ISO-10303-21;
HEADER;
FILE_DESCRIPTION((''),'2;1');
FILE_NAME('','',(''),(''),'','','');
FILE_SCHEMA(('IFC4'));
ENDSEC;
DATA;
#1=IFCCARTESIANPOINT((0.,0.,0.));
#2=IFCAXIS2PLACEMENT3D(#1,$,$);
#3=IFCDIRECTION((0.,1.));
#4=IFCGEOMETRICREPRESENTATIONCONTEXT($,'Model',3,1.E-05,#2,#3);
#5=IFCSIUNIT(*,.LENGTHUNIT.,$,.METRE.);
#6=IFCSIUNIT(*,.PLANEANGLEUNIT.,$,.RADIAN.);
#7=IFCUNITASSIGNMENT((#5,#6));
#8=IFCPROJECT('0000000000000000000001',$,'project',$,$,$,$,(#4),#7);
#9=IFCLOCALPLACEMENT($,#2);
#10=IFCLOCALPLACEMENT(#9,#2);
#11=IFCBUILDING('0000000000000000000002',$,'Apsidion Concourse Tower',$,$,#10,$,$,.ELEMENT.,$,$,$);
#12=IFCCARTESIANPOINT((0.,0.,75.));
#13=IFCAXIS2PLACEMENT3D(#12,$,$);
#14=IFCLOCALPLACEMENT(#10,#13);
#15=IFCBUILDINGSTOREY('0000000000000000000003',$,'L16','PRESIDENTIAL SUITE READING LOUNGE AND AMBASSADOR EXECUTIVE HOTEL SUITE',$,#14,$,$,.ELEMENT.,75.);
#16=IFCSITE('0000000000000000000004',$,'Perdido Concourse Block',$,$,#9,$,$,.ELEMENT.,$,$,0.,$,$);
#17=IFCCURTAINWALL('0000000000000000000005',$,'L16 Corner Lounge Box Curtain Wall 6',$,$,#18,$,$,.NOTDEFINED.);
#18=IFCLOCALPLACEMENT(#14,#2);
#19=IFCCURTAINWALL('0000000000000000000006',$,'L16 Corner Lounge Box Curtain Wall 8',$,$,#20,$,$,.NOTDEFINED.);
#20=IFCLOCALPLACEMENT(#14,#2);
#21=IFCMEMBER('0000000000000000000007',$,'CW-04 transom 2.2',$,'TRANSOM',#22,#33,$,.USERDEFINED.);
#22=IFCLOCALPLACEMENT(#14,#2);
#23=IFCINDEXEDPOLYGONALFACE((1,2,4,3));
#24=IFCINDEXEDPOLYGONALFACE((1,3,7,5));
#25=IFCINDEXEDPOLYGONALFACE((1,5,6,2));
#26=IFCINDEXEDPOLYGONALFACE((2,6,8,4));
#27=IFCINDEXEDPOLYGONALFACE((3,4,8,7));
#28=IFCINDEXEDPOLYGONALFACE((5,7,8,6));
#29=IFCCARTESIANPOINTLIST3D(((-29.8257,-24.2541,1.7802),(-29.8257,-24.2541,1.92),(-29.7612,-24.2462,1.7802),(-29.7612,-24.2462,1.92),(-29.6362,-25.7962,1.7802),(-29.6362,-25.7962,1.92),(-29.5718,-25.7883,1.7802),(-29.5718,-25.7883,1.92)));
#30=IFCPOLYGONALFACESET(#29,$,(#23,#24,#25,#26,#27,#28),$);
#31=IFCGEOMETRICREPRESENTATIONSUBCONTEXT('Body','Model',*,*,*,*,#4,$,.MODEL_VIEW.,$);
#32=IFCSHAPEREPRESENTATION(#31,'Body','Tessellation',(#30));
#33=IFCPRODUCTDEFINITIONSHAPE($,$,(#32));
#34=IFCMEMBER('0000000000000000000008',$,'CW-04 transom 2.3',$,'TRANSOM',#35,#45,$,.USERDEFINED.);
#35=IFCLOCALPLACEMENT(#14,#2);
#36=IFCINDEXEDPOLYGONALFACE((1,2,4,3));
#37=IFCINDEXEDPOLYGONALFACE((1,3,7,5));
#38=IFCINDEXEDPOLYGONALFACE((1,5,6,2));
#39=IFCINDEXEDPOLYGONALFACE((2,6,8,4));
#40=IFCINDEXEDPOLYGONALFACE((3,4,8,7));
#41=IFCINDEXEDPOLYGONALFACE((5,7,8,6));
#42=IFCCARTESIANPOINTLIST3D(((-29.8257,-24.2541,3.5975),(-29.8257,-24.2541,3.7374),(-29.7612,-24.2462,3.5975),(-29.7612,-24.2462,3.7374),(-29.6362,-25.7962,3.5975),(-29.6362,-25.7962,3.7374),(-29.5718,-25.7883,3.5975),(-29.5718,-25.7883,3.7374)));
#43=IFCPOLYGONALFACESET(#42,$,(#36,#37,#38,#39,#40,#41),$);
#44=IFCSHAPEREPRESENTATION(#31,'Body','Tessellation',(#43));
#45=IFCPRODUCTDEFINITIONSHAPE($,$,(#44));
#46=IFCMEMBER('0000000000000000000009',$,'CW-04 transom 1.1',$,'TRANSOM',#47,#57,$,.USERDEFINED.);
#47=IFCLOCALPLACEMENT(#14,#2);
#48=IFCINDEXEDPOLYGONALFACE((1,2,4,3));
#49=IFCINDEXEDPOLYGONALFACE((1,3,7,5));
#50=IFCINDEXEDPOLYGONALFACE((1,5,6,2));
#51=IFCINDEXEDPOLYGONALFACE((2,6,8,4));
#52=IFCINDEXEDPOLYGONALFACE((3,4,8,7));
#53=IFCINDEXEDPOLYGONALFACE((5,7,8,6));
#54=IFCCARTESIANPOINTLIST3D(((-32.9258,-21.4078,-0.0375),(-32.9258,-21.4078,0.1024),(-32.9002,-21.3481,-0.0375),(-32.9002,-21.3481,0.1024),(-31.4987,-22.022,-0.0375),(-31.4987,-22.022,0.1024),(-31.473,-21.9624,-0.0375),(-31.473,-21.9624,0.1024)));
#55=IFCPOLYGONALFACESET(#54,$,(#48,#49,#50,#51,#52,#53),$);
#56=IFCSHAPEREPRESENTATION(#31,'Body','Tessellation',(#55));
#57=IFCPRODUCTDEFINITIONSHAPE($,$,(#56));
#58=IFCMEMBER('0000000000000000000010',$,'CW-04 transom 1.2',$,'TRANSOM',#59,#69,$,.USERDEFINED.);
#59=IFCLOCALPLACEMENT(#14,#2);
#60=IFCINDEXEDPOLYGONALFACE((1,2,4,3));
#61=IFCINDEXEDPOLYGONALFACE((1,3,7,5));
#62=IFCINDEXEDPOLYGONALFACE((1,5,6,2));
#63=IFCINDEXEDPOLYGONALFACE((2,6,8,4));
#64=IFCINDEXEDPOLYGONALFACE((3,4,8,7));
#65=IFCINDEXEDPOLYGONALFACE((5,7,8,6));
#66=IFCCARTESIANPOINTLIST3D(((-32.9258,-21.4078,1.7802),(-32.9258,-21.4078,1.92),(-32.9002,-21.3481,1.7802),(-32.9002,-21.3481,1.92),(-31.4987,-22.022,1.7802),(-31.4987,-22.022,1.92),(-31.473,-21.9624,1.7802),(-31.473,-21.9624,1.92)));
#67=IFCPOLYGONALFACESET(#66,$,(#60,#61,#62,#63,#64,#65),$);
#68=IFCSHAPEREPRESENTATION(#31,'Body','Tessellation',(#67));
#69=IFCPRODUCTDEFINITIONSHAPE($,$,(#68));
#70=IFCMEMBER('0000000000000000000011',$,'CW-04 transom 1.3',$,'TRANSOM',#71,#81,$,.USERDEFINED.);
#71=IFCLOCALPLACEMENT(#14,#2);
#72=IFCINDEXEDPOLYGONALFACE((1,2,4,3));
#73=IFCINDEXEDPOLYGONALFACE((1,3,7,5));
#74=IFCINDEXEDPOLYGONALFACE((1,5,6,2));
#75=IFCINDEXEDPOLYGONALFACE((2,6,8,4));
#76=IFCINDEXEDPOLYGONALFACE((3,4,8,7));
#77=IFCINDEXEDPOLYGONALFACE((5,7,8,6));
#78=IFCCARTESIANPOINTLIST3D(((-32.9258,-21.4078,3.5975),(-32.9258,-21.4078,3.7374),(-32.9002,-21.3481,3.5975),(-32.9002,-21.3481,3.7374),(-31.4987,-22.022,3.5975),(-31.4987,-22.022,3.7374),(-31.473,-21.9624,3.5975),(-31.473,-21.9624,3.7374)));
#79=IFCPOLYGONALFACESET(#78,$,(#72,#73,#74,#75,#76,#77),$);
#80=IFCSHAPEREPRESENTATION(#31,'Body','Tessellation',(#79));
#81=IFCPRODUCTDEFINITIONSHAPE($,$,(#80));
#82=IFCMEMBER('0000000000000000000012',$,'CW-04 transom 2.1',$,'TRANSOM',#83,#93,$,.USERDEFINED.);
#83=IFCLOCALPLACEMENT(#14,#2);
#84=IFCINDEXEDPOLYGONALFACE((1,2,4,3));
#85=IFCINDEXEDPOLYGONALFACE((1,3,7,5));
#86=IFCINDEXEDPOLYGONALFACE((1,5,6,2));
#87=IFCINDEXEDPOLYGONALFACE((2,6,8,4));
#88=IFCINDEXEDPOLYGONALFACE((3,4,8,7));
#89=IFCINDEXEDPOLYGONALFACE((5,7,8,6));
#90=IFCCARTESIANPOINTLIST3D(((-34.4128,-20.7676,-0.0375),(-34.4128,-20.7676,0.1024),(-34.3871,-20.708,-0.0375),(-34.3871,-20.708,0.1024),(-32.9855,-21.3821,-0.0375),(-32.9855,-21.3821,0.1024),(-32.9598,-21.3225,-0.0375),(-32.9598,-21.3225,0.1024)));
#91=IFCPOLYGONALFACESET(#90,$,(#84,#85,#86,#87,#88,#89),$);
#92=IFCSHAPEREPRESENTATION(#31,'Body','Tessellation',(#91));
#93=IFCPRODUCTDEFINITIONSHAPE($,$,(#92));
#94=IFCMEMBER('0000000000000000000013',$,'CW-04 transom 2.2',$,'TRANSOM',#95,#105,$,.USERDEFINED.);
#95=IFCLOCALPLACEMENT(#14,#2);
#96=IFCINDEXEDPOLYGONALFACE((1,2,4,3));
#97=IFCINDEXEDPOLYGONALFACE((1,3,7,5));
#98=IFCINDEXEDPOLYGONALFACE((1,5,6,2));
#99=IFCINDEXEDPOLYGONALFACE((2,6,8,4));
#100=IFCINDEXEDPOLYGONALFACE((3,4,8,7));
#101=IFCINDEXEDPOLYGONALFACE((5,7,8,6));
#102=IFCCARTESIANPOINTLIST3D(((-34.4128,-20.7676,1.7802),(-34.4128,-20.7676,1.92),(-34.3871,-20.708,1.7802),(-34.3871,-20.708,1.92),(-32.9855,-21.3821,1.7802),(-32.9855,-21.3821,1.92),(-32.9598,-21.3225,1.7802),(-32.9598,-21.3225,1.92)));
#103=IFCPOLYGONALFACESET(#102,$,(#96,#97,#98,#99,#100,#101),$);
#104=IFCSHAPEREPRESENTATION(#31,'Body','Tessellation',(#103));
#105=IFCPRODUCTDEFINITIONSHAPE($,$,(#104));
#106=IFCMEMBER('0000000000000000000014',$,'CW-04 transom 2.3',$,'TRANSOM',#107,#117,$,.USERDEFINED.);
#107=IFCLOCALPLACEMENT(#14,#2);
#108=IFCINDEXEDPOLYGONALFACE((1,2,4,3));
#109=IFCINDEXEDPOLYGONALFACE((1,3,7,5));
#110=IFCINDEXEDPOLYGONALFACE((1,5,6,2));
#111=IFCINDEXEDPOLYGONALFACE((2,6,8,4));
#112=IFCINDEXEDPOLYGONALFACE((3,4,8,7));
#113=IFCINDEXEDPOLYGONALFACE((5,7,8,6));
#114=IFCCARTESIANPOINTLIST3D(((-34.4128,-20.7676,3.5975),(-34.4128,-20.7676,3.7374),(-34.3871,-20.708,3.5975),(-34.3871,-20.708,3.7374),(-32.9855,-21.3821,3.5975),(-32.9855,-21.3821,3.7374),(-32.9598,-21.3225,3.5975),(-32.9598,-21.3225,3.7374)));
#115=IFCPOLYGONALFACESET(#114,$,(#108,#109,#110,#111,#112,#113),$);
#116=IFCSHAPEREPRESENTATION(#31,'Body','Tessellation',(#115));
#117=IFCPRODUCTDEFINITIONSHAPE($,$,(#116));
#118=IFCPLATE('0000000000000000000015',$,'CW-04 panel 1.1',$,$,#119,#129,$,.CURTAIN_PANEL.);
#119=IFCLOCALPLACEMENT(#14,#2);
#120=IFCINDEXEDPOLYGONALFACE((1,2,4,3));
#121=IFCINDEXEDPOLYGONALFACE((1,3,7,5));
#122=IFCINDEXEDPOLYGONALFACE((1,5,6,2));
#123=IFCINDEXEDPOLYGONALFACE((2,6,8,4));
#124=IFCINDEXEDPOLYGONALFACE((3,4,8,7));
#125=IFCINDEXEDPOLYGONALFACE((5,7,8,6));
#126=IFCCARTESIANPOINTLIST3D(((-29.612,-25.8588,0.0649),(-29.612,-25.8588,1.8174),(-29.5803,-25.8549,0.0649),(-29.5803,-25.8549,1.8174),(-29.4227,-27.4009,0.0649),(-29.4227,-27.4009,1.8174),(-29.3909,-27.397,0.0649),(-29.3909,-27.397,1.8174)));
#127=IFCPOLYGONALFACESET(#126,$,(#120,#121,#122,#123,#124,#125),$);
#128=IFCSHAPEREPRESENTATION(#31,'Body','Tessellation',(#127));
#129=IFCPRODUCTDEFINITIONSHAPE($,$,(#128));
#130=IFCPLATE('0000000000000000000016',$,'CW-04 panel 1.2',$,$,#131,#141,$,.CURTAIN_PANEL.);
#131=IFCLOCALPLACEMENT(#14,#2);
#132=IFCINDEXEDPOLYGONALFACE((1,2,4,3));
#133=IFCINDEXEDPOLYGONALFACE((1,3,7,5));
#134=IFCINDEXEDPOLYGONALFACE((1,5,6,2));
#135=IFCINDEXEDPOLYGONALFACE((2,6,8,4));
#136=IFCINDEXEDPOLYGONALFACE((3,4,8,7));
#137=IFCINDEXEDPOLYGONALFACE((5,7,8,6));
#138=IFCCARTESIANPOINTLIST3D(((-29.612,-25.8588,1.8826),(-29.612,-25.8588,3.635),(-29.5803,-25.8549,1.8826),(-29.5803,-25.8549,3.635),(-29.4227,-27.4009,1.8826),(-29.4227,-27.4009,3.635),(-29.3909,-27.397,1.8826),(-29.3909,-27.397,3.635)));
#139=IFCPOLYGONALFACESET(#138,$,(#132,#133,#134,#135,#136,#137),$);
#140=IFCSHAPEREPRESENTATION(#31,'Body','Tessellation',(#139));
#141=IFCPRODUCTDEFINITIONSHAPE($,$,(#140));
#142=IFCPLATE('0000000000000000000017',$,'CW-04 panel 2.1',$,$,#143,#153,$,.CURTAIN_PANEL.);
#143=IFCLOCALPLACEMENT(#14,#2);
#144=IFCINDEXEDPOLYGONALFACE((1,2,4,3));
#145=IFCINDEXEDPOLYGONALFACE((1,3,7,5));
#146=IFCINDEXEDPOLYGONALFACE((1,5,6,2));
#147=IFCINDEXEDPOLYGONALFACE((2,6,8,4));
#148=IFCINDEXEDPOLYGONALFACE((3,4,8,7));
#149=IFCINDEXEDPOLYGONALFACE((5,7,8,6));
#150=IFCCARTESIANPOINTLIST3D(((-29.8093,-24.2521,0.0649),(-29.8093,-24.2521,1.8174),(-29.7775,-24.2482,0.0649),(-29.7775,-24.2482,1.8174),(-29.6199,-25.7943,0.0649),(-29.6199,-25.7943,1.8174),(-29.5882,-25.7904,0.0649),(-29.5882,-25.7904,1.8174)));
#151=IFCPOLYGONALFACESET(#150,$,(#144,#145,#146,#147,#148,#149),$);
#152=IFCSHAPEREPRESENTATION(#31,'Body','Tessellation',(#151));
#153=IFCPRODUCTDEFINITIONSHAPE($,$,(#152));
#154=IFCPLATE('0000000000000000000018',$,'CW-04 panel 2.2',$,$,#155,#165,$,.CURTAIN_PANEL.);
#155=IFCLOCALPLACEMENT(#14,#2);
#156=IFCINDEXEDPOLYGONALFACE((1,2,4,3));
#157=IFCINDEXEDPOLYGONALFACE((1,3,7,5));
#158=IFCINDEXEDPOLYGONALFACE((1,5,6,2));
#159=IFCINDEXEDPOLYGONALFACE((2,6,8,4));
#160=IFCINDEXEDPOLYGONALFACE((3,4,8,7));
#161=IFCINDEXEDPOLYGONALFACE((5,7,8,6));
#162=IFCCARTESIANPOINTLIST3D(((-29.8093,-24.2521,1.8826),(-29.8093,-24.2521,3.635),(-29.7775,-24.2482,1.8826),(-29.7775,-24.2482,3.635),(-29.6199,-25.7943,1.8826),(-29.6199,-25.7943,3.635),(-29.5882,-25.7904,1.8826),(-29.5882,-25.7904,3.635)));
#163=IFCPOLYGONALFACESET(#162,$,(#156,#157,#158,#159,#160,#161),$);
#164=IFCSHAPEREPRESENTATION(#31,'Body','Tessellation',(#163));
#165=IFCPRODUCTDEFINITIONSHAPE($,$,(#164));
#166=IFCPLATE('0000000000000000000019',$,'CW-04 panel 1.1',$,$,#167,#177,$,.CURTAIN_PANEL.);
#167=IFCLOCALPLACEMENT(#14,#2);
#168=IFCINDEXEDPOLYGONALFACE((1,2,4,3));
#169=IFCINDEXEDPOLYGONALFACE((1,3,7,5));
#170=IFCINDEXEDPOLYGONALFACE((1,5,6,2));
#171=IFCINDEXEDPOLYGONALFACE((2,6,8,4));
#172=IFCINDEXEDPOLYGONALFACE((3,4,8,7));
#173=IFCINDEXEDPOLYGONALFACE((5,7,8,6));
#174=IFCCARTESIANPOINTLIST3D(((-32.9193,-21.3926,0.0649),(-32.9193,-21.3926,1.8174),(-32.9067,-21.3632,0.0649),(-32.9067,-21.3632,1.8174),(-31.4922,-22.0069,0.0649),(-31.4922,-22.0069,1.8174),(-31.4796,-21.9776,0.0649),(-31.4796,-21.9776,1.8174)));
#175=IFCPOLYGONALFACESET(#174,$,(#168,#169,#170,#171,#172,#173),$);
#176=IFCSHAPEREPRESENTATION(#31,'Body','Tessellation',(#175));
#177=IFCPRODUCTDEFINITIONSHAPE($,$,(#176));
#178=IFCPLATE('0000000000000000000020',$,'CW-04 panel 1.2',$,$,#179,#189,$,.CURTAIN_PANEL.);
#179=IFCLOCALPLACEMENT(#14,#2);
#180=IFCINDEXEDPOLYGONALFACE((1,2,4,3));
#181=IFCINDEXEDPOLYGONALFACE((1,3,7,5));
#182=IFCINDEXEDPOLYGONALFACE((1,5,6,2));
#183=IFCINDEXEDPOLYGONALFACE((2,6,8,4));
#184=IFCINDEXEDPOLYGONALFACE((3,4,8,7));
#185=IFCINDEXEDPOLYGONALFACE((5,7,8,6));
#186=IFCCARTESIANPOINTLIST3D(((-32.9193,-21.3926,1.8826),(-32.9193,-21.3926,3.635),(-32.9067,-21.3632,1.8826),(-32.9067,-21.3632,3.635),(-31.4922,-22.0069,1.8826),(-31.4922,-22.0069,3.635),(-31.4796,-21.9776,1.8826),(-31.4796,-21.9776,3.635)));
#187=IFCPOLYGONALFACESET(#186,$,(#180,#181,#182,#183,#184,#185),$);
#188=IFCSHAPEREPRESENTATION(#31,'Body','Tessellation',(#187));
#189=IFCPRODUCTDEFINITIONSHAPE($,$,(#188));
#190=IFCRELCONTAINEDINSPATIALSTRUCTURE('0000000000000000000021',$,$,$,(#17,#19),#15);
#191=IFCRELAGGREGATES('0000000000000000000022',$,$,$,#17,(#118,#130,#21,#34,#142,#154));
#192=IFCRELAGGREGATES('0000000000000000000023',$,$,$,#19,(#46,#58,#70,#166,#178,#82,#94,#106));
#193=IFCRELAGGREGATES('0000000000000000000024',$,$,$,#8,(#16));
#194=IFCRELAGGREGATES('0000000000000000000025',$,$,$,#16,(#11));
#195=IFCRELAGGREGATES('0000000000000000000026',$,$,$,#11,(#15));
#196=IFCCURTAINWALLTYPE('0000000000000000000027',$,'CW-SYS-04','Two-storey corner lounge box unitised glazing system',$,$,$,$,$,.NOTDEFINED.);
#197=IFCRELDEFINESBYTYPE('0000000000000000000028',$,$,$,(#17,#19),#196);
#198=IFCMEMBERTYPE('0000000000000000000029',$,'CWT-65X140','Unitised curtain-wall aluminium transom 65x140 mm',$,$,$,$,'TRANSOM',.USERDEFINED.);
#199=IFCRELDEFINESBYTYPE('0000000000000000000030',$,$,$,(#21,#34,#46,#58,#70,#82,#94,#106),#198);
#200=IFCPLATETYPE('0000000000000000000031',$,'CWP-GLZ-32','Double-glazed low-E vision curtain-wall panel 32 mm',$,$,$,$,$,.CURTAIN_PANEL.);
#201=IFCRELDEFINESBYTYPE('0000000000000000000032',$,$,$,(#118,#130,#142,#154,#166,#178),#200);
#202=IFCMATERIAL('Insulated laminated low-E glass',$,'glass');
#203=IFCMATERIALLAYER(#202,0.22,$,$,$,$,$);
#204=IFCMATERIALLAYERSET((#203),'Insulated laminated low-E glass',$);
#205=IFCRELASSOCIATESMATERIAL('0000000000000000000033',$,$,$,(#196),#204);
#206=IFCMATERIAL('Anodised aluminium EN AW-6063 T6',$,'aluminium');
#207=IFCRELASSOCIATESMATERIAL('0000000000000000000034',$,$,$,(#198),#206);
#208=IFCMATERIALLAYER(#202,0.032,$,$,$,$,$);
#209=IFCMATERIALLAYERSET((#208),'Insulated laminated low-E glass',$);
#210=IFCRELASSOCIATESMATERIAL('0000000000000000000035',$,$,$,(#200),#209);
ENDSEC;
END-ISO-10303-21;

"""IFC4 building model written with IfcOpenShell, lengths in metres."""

from ifc_helpers import new_model, si_unit, direction, frame, origin, origin_2d, place, context, subcontext, project, spatial, rectangle, extrude, material, layer, layer_set, material_profile, profile_set, type_object, element, aggregate, save


model = new_model("IFC4")

# Units and contexts
model_context = context("Model", 3, precision=1e-05, world=origin(), true_north=direction((0.0, 1.0)))
body_context = subcontext(model_context, "Body", "Model", "MODEL_VIEW")
ifc_project = project(units=[si_unit("LENGTHUNIT", "METRE"), si_unit("PLANEANGLEUNIT", "RADIAN")], contexts=[model_context])

# Site, building, storey
site_placement = place(None, origin())
site = spatial("IfcSite", under=ifc_project, at=site_placement, Name="Perdido Concourse Block", CompositionType="ELEMENT", RefElevation=0.0)
building_placement = place(site_placement, origin())
building = spatial("IfcBuilding", under=site, at=building_placement, Name="Apsidion Concourse Tower", CompositionType="ELEMENT")
storey_placement = place(building_placement, frame((0.0, 0.0, 75.0)))
storey = spatial("IfcBuildingStorey", under=building, at=storey_placement, Name="L16", Description="PRESIDENTIAL SUITE READING LOUNGE AND AMBASSADOR EXECUTIVE HOTEL SUITE", CompositionType="ELEMENT", Elevation=75.0)

# Curtain walls
ifc_material_1 = material(Name="Insulated laminated low-E glass", Category="glass")
ifc_layer_1 = layer(ifc_material_1, 0.22)
ifc_layer_set_1 = layer_set([ifc_layer_1], Name="Insulated laminated low-E glass")
curtain_wall_type = type_object("IfcCurtainWallType", Name="CW-SYS-04", Description="Two-storey corner lounge box unitised glazing system", PredefinedType="NOTDEFINED", material=ifc_layer_set_1)
curtain_wall_1_placement = place(storey_placement, origin())
curtain_wall_1 = element("IfcCurtainWall", 1, at=curtain_wall_1_placement, inside=storey, type_object=curtain_wall_type, Name="L16 Corner Lounge Box Curtain Wall 6", PredefinedType="NOTDEFINED")
ifc_material_2 = material(Name="Anodised aluminium EN AW-6063 T6", Category="aluminium")
curtain_wall_2_placement = place(storey_placement, origin())
curtain_wall_2 = element("IfcCurtainWall", 2, at=curtain_wall_2_placement, inside=storey, type_object=curtain_wall_type, Name="L16 Corner Lounge Box Curtain Wall 8", PredefinedType="NOTDEFINED")

# Members
ifc_material_profile_1 = material_profile(ifc_material_2, rectangle(XDim=0.0649, YDim=0.1399, at=origin_2d()), Name="ALU TRANSOM 65x140")
ifc_profile_set_1 = profile_set([ifc_material_profile_1], Name="Anodised aluminium EN AW-6063 T6")
member_type_1 = type_object("IfcMemberType", Name="CWT-65X140", Description="Unitised curtain-wall aluminium transom 65x140 mm", ElementType="TRANSOM", PredefinedType="USERDEFINED", material=ifc_profile_set_1)
member_1_placement = place(storey_placement, frame((-29.604, -25.7922, 1.8501), z_axis=(-0.121927, 0.992539, 0.0), x_axis=(-0.992539, -0.121927, 0.0)))
member_1 = element("IfcMember", 3, at=member_1_placement, type_object=member_type_1, Name="CW-04 transom 2.2", ObjectType="TRANSOM", PredefinedType="USERDEFINED", context=body_context, shape_type="SweptSolid", body=[
    extrude(rectangle(XDim=0.0649, YDim=0.1399, at=origin_2d()), origin(), (0.0, 0.0, 1.0), 1.5537),
])
member_2_placement = place(storey_placement, frame((-29.604, -25.7922, 3.6675), z_axis=(-0.121927, 0.992539, 0.0), x_axis=(-0.992539, -0.121927, 0.0)))
member_2 = element("IfcMember", 4, at=member_2_placement, type_object=member_type_1, Name="CW-04 transom 2.3", ObjectType="TRANSOM", PredefinedType="USERDEFINED", context=body_context, shape_type="SweptSolid", body=[
    extrude(rectangle(XDim=0.0649, YDim=0.1399, at=origin_2d()), origin(), (0.0, 0.0, 1.0), 1.5537),
])
member_3_placement = place(storey_placement, frame((-31.4858, -21.9922, 0.0325), z_axis=(-0.918543, 0.395322, 0.0), x_axis=(-0.395322, -0.918543, 0.0)))
member_3 = element("IfcMember", 5, at=member_3_placement, type_object=member_type_1, Name="CW-04 transom 1.1", ObjectType="TRANSOM", PredefinedType="USERDEFINED", context=body_context, shape_type="SweptSolid", body=[
    extrude(rectangle(XDim=0.0649, YDim=0.1399, at=origin_2d()), origin(), (0.0, 0.0, 1.0), 1.5537),
])
member_4_placement = place(storey_placement, frame((-31.4858, -21.9922, 1.8501), z_axis=(-0.918543, 0.395322, 0.0), x_axis=(-0.395322, -0.918543, 0.0)))
member_4 = element("IfcMember", 6, at=member_4_placement, type_object=member_type_1, Name="CW-04 transom 1.2", ObjectType="TRANSOM", PredefinedType="USERDEFINED", context=body_context, shape_type="SweptSolid", body=[
    extrude(rectangle(XDim=0.0649, YDim=0.1399, at=origin_2d()), origin(), (0.0, 0.0, 1.0), 1.5537),
])
member_5_placement = place(storey_placement, frame((-31.4858, -21.9922, 3.6675), z_axis=(-0.918543, 0.395322, 0.0), x_axis=(-0.395322, -0.918543, 0.0)))
member_5 = element("IfcMember", 7, at=member_5_placement, type_object=member_type_1, Name="CW-04 transom 1.3", ObjectType="TRANSOM", PredefinedType="USERDEFINED", context=body_context, shape_type="SweptSolid", body=[
    extrude(rectangle(XDim=0.0649, YDim=0.1399, at=origin_2d()), origin(), (0.0, 0.0, 1.0), 1.5537),
])
member_6_placement = place(storey_placement, frame((-32.9727, -21.3523, 0.0325), z_axis=(-0.918485, 0.395455, 0.0), x_axis=(-0.395455, -0.918485, 0.0)))
member_6 = element("IfcMember", 8, at=member_6_placement, type_object=member_type_1, Name="CW-04 transom 2.1", ObjectType="TRANSOM", PredefinedType="USERDEFINED", context=body_context, shape_type="SweptSolid", body=[
    extrude(rectangle(XDim=0.0649, YDim=0.1399, at=origin_2d()), origin(), (0.0, 0.0, 1.0), 1.554),
])
member_7_placement = place(storey_placement, frame((-32.9727, -21.3523, 1.8501), z_axis=(-0.918485, 0.395455, 0.0), x_axis=(-0.395455, -0.918485, 0.0)))
member_7 = element("IfcMember", 9, at=member_7_placement, type_object=member_type_1, Name="CW-04 transom 2.2", ObjectType="TRANSOM", PredefinedType="USERDEFINED", context=body_context, shape_type="SweptSolid", body=[
    extrude(rectangle(XDim=0.0649, YDim=0.1399, at=origin_2d()), origin(), (0.0, 0.0, 1.0), 1.554),
])
member_8_placement = place(storey_placement, frame((-32.9727, -21.3523, 3.6675), z_axis=(-0.918485, 0.395455, 0.0), x_axis=(-0.395455, -0.918485, 0.0)))
member_8 = element("IfcMember", 10, at=member_8_placement, type_object=member_type_1, Name="CW-04 transom 2.3", ObjectType="TRANSOM", PredefinedType="USERDEFINED", context=body_context, shape_type="SweptSolid", body=[
    extrude(rectangle(XDim=0.0649, YDim=0.1399, at=origin_2d()), origin(), (0.0, 0.0, 1.0), 1.554),
])

# Plates
ifc_layer_2 = layer(ifc_material_1, 0.032)
ifc_layer_set_2 = layer_set([ifc_layer_2], Name="Insulated laminated low-E glass")
plate_type = type_object("IfcPlateType", Name="CWP-GLZ-32", Description="Double-glazed low-E vision curtain-wall panel 32 mm", PredefinedType="CURTAIN_PANEL", material=ifc_layer_set_2)
plate_1_placement = place(storey_placement, frame((-29.5015, -26.6279, 0.0649), z_axis=(0.0, 0.0, 1.0), x_axis=(-0.12188, 0.992545, 0.0)))
plate_1 = element("IfcPlate", 11, at=plate_1_placement, type_object=plate_type, Name="CW-04 panel 1.1", PredefinedType="CURTAIN_PANEL", context=body_context, shape_type="SweptSolid", body=[
    extrude(rectangle(XDim=1.5537, YDim=0.032, at=origin_2d()), origin(), (0.0, 0.0, 1.0), 1.7524),
])
plate_2_placement = place(storey_placement, frame((-29.5015, -26.6279, 1.8826), z_axis=(0.0, 0.0, 1.0), x_axis=(-0.12188, 0.992545, 0.0)))
plate_2 = element("IfcPlate", 12, at=plate_2_placement, type_object=plate_type, Name="CW-04 panel 1.2", PredefinedType="CURTAIN_PANEL", context=body_context, shape_type="SweptSolid", body=[
    extrude(rectangle(XDim=1.5537, YDim=0.032, at=origin_2d()), origin(), (0.0, 0.0, 1.0), 1.7524),
])
plate_3_placement = place(storey_placement, frame((-29.6987, -25.0212, 0.0649), z_axis=(0.0, 0.0, 1.0), x_axis=(-0.12188, 0.992545, 0.0)))
plate_3 = element("IfcPlate", 13, at=plate_3_placement, type_object=plate_type, Name="CW-04 panel 2.1", PredefinedType="CURTAIN_PANEL", context=body_context, shape_type="SweptSolid", body=[
    extrude(rectangle(XDim=1.5537, YDim=0.032, at=origin_2d()), origin(), (0.0, 0.0, 1.0), 1.7524),
])
plate_4_placement = place(storey_placement, frame((-29.6987, -25.0212, 1.8826), z_axis=(0.0, 0.0, 1.0), x_axis=(-0.12188, 0.992545, 0.0)))
plate_4 = element("IfcPlate", 14, at=plate_4_placement, type_object=plate_type, Name="CW-04 panel 2.2", PredefinedType="CURTAIN_PANEL", context=body_context, shape_type="SweptSolid", body=[
    extrude(rectangle(XDim=1.5537, YDim=0.032, at=origin_2d()), origin(), (0.0, 0.0, 1.0), 1.7524),
])
aggregate(curtain_wall_1, [plate_1, plate_2, member_1, member_2, plate_3, plate_4])
plate_5_placement = place(storey_placement, frame((-32.1995, -21.6851, 0.0649), z_axis=(0.0, 0.0, 1.0), x_axis=(-0.918495, 0.395432, 0.0)))
plate_5 = element("IfcPlate", 15, at=plate_5_placement, type_object=plate_type, Name="CW-04 panel 1.1", PredefinedType="CURTAIN_PANEL", context=body_context, shape_type="SweptSolid", body=[
    extrude(rectangle(XDim=1.5537, YDim=0.032, at=origin_2d()), origin(), (0.0, 0.0, 1.0), 1.7524),
])
plate_6_placement = place(storey_placement, frame((-32.1995, -21.6851, 1.8826), z_axis=(0.0, 0.0, 1.0), x_axis=(-0.918495, 0.395432, 0.0)))
plate_6 = element("IfcPlate", 16, at=plate_6_placement, type_object=plate_type, Name="CW-04 panel 1.2", PredefinedType="CURTAIN_PANEL", context=body_context, shape_type="SweptSolid", body=[
    extrude(rectangle(XDim=1.5537, YDim=0.032, at=origin_2d()), origin(), (0.0, 0.0, 1.0), 1.7524),
])
aggregate(curtain_wall_2, [member_3, member_4, member_5, plate_5, plate_6, member_6, member_7, member_8])

save(model, "model.ifc")
